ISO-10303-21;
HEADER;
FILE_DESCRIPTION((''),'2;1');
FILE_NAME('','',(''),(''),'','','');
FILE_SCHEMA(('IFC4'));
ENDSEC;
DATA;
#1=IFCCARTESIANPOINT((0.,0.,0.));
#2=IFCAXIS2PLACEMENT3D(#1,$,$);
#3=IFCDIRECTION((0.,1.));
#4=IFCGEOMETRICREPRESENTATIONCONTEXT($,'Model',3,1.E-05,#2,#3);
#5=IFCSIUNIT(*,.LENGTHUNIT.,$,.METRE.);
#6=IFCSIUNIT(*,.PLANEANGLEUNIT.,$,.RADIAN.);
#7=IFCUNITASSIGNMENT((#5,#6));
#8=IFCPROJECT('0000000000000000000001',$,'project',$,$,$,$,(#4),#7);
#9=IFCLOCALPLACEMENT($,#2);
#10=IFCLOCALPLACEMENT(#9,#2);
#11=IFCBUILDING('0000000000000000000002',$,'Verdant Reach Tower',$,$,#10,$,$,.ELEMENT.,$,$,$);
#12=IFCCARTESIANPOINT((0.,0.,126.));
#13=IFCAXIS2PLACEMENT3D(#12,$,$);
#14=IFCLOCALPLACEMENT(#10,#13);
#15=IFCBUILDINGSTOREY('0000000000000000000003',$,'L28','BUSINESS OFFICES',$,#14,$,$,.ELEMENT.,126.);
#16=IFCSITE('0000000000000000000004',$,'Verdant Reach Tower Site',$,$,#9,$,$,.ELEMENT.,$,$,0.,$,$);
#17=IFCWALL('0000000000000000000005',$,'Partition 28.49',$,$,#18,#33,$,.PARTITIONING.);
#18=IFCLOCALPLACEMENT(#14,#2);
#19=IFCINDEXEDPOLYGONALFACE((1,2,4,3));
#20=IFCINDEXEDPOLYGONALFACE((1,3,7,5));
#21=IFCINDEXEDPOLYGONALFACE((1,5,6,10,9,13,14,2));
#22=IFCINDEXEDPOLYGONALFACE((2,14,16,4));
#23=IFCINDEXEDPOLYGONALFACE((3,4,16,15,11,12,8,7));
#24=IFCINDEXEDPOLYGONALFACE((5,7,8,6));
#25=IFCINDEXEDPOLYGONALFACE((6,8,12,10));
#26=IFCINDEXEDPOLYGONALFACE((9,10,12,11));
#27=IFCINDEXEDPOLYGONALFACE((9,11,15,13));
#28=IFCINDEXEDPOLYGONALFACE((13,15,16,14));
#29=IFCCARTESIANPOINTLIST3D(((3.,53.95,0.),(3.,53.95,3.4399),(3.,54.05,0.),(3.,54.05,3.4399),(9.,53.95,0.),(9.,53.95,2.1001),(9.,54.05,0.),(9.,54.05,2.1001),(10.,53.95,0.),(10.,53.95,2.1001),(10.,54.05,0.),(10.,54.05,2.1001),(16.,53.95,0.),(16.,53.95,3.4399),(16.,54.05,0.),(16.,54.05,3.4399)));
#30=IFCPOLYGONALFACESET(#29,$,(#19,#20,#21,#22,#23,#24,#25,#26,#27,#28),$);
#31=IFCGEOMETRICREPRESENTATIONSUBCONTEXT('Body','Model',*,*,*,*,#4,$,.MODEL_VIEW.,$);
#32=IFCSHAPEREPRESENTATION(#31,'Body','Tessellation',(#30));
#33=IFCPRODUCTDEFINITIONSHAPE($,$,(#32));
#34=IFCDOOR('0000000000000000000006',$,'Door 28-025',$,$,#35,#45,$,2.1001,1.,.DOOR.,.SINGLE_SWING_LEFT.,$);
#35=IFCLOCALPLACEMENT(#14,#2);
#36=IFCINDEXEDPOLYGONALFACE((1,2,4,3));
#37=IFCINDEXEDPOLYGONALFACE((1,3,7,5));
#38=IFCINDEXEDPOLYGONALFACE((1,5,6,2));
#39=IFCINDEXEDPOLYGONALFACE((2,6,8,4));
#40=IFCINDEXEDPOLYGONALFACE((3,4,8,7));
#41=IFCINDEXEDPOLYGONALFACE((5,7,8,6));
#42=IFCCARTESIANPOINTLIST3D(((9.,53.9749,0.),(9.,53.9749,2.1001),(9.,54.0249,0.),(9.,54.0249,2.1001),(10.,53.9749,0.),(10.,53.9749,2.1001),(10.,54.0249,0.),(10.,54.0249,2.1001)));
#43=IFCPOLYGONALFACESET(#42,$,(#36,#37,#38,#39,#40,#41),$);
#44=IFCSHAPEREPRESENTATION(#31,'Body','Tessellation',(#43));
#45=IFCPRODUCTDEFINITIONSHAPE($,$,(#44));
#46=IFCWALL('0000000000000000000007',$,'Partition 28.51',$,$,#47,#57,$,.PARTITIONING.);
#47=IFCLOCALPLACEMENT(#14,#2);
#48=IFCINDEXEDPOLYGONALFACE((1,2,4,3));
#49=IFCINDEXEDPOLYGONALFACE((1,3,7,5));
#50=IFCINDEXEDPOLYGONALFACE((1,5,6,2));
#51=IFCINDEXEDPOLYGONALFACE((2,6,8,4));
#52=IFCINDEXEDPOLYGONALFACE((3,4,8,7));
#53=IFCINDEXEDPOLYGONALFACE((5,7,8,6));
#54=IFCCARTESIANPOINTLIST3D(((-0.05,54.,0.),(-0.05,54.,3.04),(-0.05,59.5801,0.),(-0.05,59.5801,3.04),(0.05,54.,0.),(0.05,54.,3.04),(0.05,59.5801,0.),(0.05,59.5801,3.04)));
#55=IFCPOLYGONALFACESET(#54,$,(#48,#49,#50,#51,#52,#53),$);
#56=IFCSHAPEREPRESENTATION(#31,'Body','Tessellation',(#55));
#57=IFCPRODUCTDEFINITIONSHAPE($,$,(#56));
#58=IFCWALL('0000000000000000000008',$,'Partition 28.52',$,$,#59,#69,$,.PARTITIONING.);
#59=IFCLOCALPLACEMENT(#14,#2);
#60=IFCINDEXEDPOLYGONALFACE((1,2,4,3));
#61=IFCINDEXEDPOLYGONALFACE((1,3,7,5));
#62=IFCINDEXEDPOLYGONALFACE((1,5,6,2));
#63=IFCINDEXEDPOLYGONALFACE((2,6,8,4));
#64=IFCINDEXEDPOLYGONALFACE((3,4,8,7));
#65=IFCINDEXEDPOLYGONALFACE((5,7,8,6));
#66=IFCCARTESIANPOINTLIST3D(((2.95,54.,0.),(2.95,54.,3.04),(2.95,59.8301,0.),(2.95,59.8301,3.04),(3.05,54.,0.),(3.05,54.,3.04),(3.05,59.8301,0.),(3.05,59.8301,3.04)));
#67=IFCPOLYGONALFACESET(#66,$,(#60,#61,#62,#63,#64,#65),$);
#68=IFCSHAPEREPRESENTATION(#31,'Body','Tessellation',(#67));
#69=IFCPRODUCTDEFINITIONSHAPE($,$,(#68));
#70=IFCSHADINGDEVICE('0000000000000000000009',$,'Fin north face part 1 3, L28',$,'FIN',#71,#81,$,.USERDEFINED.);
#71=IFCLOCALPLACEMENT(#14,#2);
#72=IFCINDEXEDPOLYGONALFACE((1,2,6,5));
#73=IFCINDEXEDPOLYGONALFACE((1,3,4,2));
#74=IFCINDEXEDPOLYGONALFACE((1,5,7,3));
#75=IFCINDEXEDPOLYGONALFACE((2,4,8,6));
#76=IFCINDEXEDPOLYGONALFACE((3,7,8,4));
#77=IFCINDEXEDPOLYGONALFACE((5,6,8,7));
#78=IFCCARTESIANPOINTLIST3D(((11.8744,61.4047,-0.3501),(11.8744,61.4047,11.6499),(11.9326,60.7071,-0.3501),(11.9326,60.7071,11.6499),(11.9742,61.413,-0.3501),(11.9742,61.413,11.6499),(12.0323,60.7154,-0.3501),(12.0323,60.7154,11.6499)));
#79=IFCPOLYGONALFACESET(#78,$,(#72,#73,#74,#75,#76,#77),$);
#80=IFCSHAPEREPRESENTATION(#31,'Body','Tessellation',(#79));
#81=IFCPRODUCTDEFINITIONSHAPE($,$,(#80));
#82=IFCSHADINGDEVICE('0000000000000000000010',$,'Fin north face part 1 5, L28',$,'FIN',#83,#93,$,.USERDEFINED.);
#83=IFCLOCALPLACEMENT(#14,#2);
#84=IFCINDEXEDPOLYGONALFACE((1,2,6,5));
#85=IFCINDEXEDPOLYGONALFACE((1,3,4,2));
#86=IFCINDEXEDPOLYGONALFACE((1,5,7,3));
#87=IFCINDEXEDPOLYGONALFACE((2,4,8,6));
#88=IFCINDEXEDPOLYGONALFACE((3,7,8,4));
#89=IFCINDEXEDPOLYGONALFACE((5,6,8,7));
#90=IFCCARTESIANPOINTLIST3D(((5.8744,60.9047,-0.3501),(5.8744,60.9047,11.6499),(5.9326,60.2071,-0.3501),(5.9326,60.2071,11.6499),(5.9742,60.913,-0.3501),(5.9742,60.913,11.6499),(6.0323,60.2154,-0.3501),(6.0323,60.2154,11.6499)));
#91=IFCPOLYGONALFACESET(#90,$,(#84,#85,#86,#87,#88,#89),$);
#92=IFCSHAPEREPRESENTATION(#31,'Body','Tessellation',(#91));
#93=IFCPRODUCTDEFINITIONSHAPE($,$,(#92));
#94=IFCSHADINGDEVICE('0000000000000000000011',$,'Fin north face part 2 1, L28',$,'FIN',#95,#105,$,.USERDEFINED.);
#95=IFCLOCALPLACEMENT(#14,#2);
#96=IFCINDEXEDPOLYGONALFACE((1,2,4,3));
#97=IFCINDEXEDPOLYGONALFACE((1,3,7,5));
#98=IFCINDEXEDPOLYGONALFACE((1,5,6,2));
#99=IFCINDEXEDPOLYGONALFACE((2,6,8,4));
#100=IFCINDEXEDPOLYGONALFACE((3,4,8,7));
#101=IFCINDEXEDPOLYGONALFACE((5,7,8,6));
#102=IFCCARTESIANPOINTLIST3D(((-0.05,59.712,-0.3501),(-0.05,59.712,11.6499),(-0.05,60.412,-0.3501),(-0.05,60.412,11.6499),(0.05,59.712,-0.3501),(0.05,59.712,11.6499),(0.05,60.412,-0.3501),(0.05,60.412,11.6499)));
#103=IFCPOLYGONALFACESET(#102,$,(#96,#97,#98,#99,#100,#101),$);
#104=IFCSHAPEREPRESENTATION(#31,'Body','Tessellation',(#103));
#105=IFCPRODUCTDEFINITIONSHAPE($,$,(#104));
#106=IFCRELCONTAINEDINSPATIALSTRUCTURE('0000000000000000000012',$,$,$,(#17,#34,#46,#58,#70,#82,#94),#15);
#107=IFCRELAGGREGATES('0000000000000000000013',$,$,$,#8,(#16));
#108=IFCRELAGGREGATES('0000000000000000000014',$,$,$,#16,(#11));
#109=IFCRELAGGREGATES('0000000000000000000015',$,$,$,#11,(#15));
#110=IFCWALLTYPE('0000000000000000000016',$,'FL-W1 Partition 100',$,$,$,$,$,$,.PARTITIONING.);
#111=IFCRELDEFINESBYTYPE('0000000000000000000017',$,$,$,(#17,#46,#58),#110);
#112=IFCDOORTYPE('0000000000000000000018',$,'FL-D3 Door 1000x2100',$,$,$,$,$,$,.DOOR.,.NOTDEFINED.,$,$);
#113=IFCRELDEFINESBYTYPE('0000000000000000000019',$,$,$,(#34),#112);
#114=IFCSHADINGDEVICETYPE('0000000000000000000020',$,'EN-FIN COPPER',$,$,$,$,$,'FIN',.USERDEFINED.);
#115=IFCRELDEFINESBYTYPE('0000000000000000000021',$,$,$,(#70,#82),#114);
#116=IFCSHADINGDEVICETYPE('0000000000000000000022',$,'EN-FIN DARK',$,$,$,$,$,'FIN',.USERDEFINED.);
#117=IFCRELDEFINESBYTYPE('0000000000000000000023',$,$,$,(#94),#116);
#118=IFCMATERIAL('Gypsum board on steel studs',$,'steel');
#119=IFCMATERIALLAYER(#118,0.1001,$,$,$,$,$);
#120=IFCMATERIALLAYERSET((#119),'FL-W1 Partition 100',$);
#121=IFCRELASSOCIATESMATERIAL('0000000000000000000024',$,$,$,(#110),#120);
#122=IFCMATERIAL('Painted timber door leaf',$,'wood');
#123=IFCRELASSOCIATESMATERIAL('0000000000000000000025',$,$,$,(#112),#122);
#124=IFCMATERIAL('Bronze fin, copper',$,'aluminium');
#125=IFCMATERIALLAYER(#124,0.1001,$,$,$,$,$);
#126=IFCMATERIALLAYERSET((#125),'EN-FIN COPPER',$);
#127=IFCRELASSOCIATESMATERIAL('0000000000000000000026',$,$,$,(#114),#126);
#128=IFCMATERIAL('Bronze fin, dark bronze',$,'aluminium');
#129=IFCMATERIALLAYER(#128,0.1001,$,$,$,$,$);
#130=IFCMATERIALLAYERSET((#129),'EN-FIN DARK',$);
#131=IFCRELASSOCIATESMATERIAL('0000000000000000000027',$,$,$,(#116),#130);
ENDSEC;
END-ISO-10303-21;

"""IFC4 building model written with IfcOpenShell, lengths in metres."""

from ifc_helpers import new_model, si_unit, direction, frame, frame_2d, origin, origin_2d, place, context, subcontext, project, spatial, rectangle, extrude, material, layer, layer_set, type_object, element, fill, save


model = new_model("IFC4")

# Units and contexts
model_context = context("Model", 3, precision=1e-05, world=origin(), true_north=direction((0.0, 1.0)))
body_context = subcontext(model_context, "Body", "Model", "MODEL_VIEW")
ifc_project = project(units=[si_unit("LENGTHUNIT", "METRE"), si_unit("PLANEANGLEUNIT", "RADIAN")], contexts=[model_context])

# Site, building, storey
site_placement = place(None, origin())
site = spatial("IfcSite", under=ifc_project, at=site_placement, Name="Verdant Reach Tower Site", CompositionType="ELEMENT", RefElevation=0.0)
building_placement = place(site_placement, origin())
building = spatial("IfcBuilding", under=site, at=building_placement, Name="Verdant Reach Tower", CompositionType="ELEMENT")
storey_placement = place(building_placement, frame((0.0, 0.0, 126.0)))
storey = spatial("IfcBuildingStorey", under=building, at=storey_placement, Name="L28", Description="BUSINESS OFFICES", CompositionType="ELEMENT", Elevation=126.0)

# Shared definitions
ifc_material_1 = material(Name="Gypsum board on steel studs", Category="steel")
ifc_layer_1 = layer(ifc_material_1, 0.1001)
ifc_layer_set_1 = layer_set([ifc_layer_1], Name="FL-W1 Partition 100")
wall_type = type_object("IfcWallType", Name="FL-W1 Partition 100", PredefinedType="PARTITIONING", material=ifc_layer_set_1)

# Wall, opening, door
ifc_material_2 = material(Name="Painted timber door leaf", Category="wood")
door_type = type_object("IfcDoorType", Name="FL-D3 Door 1000x2100", OperationType="NOTDEFINED", PredefinedType="DOOR", material=ifc_material_2)
wall_1_placement = place(storey_placement, frame((3.0, 54.0, 0.0), z_axis=(0.0, 0.0, 1.0), x_axis=(1.0, 0.0, 0.0)))
wall_1 = element("IfcWall", 1, at=wall_1_placement, inside=storey, type_object=wall_type, Name="Partition 28.49", PredefinedType="PARTITIONING", context=body_context, shape_type="SweptSolid", body=[
    extrude(rectangle(XDim=13.0, YDim=0.1001, at=frame_2d((6.5, 0.0))), origin(), (0.0, 0.0, 1.0), 3.4399),
])
opening_1_placement = place(wall_1_placement, frame((6.0, 0.0, 0.0)))
opening_1 = element("IfcOpeningElement", 2, at=opening_1_placement, cuts=wall_1, PredefinedType="OPENING", context=body_context, shape_type="SweptSolid", body=[
    extrude(rectangle(XDim=1.0, YDim=2.1001, at=frame_2d((0.5, 1.05))), frame((0.0, 0.0601, 0.0), z_axis=(0.0, -1.0, 0.0), x_axis=(1.0, 0.0, 0.0)), (0.0, 0.0, 1.0), 0.1201),
])
door_1_placement = place(opening_1_placement, origin())
door_1 = element("IfcDoor", 3, at=door_1_placement, inside=storey, type_object=door_type, Name="Door 28-025", OperationType="SINGLE_SWING_LEFT", OverallHeight=2.1001, OverallWidth=1.0, PredefinedType="DOOR", context=body_context, shape_type="SweptSolid", body=[
    extrude(rectangle(XDim=1.0, YDim=2.1001, at=frame_2d((0.5, 1.05))), frame((0.0, 0.0249, 0.0), z_axis=(0.0, -1.0, 0.0), x_axis=(1.0, 0.0, 0.0)), (0.0, 0.0, 1.0), 0.05),
])
fill(opening_1, door_1)

# Walls
wall_2_placement = place(storey_placement, frame((0.0, 54.0, 0.0), z_axis=(0.0, 0.0, 1.0), x_axis=(0.0, 1.0, 0.0)))
element("IfcWall", 4, at=wall_2_placement, inside=storey, type_object=wall_type, Name="Partition 28.51", PredefinedType="PARTITIONING", context=body_context, shape_type="SweptSolid", body=[
    extrude(rectangle(XDim=5.5801, YDim=0.1001, at=frame_2d((2.79, 0.0))), origin(), (0.0, 0.0, 1.0), 3.04),
])
wall_3_placement = place(storey_placement, frame((3.0, 54.0, 0.0), z_axis=(0.0, 0.0, 1.0), x_axis=(0.0, 1.0, 0.0)))
element("IfcWall", 5, at=wall_3_placement, inside=storey, type_object=wall_type, Name="Partition 28.52", PredefinedType="PARTITIONING", context=body_context, shape_type="SweptSolid", body=[
    extrude(rectangle(XDim=5.8301, YDim=0.1001, at=frame_2d((2.915, 0.0))), origin(), (0.0, 0.0, 1.0), 3.04),
])

# Shading devices
ifc_material_3 = material(Name="Bronze fin, copper", Category="aluminium")
ifc_layer_2 = layer(ifc_material_3, 0.1001)
ifc_layer_set_2 = layer_set([ifc_layer_2], Name="EN-FIN COPPER")
shading_device_type_1 = type_object("IfcShadingDeviceType", Name="EN-FIN COPPER", ElementType="FIN", PredefinedType="USERDEFINED", material=ifc_layer_set_2)
for number, where, z_axis, x_axis, name in (
    (6, (11.9534, 61.0601, -0.3501), (0.0, 0.0, 1.0), (-0.996546, -0.083045, 0.0), "Fin north face part 1 3, L28"),
    (7, (5.9534, 60.5601, -0.3501), (0.0, 0.0, 1.0), (-0.996546, -0.083045, 0.0), "Fin north face part 1 5, L28"),
):
    element("IfcShadingDevice", number, at=place(storey_placement, frame(where, z_axis=z_axis, x_axis=x_axis)), inside=storey, type_object=shading_device_type_1, Name=name, ObjectType="FIN", PredefinedType="USERDEFINED", context=body_context, shape_type="SweptSolid", body=[
        extrude(rectangle(XDim=0.1001, YDim=0.7, at=origin_2d()), origin(), (0.0, 0.0, 1.0), 12.0),
    ])
ifc_material_4 = material(Name="Bronze fin, dark bronze", Category="aluminium")
ifc_layer_3 = layer(ifc_material_4, 0.1001)
ifc_layer_set_3 = layer_set([ifc_layer_3], Name="EN-FIN DARK")
shading_device_type_2 = type_object("IfcShadingDeviceType", Name="EN-FIN DARK", ElementType="FIN", PredefinedType="USERDEFINED", material=ifc_layer_set_3)
shading_device_placement = place(storey_placement, frame((0.0, 60.062, -0.3501), z_axis=(0.0, 0.0, 1.0), x_axis=(-1.0, 0.0, 0.0)))
element("IfcShadingDevice", 8, at=shading_device_placement, inside=storey, type_object=shading_device_type_2, Name="Fin north face part 2 1, L28", ObjectType="FIN", PredefinedType="USERDEFINED", context=body_context, shape_type="SweptSolid", body=[
    extrude(rectangle(XDim=0.1001, YDim=0.7, at=origin_2d()), origin(), (0.0, 0.0, 1.0), 12.0),
])

save(model, "model.ifc")
